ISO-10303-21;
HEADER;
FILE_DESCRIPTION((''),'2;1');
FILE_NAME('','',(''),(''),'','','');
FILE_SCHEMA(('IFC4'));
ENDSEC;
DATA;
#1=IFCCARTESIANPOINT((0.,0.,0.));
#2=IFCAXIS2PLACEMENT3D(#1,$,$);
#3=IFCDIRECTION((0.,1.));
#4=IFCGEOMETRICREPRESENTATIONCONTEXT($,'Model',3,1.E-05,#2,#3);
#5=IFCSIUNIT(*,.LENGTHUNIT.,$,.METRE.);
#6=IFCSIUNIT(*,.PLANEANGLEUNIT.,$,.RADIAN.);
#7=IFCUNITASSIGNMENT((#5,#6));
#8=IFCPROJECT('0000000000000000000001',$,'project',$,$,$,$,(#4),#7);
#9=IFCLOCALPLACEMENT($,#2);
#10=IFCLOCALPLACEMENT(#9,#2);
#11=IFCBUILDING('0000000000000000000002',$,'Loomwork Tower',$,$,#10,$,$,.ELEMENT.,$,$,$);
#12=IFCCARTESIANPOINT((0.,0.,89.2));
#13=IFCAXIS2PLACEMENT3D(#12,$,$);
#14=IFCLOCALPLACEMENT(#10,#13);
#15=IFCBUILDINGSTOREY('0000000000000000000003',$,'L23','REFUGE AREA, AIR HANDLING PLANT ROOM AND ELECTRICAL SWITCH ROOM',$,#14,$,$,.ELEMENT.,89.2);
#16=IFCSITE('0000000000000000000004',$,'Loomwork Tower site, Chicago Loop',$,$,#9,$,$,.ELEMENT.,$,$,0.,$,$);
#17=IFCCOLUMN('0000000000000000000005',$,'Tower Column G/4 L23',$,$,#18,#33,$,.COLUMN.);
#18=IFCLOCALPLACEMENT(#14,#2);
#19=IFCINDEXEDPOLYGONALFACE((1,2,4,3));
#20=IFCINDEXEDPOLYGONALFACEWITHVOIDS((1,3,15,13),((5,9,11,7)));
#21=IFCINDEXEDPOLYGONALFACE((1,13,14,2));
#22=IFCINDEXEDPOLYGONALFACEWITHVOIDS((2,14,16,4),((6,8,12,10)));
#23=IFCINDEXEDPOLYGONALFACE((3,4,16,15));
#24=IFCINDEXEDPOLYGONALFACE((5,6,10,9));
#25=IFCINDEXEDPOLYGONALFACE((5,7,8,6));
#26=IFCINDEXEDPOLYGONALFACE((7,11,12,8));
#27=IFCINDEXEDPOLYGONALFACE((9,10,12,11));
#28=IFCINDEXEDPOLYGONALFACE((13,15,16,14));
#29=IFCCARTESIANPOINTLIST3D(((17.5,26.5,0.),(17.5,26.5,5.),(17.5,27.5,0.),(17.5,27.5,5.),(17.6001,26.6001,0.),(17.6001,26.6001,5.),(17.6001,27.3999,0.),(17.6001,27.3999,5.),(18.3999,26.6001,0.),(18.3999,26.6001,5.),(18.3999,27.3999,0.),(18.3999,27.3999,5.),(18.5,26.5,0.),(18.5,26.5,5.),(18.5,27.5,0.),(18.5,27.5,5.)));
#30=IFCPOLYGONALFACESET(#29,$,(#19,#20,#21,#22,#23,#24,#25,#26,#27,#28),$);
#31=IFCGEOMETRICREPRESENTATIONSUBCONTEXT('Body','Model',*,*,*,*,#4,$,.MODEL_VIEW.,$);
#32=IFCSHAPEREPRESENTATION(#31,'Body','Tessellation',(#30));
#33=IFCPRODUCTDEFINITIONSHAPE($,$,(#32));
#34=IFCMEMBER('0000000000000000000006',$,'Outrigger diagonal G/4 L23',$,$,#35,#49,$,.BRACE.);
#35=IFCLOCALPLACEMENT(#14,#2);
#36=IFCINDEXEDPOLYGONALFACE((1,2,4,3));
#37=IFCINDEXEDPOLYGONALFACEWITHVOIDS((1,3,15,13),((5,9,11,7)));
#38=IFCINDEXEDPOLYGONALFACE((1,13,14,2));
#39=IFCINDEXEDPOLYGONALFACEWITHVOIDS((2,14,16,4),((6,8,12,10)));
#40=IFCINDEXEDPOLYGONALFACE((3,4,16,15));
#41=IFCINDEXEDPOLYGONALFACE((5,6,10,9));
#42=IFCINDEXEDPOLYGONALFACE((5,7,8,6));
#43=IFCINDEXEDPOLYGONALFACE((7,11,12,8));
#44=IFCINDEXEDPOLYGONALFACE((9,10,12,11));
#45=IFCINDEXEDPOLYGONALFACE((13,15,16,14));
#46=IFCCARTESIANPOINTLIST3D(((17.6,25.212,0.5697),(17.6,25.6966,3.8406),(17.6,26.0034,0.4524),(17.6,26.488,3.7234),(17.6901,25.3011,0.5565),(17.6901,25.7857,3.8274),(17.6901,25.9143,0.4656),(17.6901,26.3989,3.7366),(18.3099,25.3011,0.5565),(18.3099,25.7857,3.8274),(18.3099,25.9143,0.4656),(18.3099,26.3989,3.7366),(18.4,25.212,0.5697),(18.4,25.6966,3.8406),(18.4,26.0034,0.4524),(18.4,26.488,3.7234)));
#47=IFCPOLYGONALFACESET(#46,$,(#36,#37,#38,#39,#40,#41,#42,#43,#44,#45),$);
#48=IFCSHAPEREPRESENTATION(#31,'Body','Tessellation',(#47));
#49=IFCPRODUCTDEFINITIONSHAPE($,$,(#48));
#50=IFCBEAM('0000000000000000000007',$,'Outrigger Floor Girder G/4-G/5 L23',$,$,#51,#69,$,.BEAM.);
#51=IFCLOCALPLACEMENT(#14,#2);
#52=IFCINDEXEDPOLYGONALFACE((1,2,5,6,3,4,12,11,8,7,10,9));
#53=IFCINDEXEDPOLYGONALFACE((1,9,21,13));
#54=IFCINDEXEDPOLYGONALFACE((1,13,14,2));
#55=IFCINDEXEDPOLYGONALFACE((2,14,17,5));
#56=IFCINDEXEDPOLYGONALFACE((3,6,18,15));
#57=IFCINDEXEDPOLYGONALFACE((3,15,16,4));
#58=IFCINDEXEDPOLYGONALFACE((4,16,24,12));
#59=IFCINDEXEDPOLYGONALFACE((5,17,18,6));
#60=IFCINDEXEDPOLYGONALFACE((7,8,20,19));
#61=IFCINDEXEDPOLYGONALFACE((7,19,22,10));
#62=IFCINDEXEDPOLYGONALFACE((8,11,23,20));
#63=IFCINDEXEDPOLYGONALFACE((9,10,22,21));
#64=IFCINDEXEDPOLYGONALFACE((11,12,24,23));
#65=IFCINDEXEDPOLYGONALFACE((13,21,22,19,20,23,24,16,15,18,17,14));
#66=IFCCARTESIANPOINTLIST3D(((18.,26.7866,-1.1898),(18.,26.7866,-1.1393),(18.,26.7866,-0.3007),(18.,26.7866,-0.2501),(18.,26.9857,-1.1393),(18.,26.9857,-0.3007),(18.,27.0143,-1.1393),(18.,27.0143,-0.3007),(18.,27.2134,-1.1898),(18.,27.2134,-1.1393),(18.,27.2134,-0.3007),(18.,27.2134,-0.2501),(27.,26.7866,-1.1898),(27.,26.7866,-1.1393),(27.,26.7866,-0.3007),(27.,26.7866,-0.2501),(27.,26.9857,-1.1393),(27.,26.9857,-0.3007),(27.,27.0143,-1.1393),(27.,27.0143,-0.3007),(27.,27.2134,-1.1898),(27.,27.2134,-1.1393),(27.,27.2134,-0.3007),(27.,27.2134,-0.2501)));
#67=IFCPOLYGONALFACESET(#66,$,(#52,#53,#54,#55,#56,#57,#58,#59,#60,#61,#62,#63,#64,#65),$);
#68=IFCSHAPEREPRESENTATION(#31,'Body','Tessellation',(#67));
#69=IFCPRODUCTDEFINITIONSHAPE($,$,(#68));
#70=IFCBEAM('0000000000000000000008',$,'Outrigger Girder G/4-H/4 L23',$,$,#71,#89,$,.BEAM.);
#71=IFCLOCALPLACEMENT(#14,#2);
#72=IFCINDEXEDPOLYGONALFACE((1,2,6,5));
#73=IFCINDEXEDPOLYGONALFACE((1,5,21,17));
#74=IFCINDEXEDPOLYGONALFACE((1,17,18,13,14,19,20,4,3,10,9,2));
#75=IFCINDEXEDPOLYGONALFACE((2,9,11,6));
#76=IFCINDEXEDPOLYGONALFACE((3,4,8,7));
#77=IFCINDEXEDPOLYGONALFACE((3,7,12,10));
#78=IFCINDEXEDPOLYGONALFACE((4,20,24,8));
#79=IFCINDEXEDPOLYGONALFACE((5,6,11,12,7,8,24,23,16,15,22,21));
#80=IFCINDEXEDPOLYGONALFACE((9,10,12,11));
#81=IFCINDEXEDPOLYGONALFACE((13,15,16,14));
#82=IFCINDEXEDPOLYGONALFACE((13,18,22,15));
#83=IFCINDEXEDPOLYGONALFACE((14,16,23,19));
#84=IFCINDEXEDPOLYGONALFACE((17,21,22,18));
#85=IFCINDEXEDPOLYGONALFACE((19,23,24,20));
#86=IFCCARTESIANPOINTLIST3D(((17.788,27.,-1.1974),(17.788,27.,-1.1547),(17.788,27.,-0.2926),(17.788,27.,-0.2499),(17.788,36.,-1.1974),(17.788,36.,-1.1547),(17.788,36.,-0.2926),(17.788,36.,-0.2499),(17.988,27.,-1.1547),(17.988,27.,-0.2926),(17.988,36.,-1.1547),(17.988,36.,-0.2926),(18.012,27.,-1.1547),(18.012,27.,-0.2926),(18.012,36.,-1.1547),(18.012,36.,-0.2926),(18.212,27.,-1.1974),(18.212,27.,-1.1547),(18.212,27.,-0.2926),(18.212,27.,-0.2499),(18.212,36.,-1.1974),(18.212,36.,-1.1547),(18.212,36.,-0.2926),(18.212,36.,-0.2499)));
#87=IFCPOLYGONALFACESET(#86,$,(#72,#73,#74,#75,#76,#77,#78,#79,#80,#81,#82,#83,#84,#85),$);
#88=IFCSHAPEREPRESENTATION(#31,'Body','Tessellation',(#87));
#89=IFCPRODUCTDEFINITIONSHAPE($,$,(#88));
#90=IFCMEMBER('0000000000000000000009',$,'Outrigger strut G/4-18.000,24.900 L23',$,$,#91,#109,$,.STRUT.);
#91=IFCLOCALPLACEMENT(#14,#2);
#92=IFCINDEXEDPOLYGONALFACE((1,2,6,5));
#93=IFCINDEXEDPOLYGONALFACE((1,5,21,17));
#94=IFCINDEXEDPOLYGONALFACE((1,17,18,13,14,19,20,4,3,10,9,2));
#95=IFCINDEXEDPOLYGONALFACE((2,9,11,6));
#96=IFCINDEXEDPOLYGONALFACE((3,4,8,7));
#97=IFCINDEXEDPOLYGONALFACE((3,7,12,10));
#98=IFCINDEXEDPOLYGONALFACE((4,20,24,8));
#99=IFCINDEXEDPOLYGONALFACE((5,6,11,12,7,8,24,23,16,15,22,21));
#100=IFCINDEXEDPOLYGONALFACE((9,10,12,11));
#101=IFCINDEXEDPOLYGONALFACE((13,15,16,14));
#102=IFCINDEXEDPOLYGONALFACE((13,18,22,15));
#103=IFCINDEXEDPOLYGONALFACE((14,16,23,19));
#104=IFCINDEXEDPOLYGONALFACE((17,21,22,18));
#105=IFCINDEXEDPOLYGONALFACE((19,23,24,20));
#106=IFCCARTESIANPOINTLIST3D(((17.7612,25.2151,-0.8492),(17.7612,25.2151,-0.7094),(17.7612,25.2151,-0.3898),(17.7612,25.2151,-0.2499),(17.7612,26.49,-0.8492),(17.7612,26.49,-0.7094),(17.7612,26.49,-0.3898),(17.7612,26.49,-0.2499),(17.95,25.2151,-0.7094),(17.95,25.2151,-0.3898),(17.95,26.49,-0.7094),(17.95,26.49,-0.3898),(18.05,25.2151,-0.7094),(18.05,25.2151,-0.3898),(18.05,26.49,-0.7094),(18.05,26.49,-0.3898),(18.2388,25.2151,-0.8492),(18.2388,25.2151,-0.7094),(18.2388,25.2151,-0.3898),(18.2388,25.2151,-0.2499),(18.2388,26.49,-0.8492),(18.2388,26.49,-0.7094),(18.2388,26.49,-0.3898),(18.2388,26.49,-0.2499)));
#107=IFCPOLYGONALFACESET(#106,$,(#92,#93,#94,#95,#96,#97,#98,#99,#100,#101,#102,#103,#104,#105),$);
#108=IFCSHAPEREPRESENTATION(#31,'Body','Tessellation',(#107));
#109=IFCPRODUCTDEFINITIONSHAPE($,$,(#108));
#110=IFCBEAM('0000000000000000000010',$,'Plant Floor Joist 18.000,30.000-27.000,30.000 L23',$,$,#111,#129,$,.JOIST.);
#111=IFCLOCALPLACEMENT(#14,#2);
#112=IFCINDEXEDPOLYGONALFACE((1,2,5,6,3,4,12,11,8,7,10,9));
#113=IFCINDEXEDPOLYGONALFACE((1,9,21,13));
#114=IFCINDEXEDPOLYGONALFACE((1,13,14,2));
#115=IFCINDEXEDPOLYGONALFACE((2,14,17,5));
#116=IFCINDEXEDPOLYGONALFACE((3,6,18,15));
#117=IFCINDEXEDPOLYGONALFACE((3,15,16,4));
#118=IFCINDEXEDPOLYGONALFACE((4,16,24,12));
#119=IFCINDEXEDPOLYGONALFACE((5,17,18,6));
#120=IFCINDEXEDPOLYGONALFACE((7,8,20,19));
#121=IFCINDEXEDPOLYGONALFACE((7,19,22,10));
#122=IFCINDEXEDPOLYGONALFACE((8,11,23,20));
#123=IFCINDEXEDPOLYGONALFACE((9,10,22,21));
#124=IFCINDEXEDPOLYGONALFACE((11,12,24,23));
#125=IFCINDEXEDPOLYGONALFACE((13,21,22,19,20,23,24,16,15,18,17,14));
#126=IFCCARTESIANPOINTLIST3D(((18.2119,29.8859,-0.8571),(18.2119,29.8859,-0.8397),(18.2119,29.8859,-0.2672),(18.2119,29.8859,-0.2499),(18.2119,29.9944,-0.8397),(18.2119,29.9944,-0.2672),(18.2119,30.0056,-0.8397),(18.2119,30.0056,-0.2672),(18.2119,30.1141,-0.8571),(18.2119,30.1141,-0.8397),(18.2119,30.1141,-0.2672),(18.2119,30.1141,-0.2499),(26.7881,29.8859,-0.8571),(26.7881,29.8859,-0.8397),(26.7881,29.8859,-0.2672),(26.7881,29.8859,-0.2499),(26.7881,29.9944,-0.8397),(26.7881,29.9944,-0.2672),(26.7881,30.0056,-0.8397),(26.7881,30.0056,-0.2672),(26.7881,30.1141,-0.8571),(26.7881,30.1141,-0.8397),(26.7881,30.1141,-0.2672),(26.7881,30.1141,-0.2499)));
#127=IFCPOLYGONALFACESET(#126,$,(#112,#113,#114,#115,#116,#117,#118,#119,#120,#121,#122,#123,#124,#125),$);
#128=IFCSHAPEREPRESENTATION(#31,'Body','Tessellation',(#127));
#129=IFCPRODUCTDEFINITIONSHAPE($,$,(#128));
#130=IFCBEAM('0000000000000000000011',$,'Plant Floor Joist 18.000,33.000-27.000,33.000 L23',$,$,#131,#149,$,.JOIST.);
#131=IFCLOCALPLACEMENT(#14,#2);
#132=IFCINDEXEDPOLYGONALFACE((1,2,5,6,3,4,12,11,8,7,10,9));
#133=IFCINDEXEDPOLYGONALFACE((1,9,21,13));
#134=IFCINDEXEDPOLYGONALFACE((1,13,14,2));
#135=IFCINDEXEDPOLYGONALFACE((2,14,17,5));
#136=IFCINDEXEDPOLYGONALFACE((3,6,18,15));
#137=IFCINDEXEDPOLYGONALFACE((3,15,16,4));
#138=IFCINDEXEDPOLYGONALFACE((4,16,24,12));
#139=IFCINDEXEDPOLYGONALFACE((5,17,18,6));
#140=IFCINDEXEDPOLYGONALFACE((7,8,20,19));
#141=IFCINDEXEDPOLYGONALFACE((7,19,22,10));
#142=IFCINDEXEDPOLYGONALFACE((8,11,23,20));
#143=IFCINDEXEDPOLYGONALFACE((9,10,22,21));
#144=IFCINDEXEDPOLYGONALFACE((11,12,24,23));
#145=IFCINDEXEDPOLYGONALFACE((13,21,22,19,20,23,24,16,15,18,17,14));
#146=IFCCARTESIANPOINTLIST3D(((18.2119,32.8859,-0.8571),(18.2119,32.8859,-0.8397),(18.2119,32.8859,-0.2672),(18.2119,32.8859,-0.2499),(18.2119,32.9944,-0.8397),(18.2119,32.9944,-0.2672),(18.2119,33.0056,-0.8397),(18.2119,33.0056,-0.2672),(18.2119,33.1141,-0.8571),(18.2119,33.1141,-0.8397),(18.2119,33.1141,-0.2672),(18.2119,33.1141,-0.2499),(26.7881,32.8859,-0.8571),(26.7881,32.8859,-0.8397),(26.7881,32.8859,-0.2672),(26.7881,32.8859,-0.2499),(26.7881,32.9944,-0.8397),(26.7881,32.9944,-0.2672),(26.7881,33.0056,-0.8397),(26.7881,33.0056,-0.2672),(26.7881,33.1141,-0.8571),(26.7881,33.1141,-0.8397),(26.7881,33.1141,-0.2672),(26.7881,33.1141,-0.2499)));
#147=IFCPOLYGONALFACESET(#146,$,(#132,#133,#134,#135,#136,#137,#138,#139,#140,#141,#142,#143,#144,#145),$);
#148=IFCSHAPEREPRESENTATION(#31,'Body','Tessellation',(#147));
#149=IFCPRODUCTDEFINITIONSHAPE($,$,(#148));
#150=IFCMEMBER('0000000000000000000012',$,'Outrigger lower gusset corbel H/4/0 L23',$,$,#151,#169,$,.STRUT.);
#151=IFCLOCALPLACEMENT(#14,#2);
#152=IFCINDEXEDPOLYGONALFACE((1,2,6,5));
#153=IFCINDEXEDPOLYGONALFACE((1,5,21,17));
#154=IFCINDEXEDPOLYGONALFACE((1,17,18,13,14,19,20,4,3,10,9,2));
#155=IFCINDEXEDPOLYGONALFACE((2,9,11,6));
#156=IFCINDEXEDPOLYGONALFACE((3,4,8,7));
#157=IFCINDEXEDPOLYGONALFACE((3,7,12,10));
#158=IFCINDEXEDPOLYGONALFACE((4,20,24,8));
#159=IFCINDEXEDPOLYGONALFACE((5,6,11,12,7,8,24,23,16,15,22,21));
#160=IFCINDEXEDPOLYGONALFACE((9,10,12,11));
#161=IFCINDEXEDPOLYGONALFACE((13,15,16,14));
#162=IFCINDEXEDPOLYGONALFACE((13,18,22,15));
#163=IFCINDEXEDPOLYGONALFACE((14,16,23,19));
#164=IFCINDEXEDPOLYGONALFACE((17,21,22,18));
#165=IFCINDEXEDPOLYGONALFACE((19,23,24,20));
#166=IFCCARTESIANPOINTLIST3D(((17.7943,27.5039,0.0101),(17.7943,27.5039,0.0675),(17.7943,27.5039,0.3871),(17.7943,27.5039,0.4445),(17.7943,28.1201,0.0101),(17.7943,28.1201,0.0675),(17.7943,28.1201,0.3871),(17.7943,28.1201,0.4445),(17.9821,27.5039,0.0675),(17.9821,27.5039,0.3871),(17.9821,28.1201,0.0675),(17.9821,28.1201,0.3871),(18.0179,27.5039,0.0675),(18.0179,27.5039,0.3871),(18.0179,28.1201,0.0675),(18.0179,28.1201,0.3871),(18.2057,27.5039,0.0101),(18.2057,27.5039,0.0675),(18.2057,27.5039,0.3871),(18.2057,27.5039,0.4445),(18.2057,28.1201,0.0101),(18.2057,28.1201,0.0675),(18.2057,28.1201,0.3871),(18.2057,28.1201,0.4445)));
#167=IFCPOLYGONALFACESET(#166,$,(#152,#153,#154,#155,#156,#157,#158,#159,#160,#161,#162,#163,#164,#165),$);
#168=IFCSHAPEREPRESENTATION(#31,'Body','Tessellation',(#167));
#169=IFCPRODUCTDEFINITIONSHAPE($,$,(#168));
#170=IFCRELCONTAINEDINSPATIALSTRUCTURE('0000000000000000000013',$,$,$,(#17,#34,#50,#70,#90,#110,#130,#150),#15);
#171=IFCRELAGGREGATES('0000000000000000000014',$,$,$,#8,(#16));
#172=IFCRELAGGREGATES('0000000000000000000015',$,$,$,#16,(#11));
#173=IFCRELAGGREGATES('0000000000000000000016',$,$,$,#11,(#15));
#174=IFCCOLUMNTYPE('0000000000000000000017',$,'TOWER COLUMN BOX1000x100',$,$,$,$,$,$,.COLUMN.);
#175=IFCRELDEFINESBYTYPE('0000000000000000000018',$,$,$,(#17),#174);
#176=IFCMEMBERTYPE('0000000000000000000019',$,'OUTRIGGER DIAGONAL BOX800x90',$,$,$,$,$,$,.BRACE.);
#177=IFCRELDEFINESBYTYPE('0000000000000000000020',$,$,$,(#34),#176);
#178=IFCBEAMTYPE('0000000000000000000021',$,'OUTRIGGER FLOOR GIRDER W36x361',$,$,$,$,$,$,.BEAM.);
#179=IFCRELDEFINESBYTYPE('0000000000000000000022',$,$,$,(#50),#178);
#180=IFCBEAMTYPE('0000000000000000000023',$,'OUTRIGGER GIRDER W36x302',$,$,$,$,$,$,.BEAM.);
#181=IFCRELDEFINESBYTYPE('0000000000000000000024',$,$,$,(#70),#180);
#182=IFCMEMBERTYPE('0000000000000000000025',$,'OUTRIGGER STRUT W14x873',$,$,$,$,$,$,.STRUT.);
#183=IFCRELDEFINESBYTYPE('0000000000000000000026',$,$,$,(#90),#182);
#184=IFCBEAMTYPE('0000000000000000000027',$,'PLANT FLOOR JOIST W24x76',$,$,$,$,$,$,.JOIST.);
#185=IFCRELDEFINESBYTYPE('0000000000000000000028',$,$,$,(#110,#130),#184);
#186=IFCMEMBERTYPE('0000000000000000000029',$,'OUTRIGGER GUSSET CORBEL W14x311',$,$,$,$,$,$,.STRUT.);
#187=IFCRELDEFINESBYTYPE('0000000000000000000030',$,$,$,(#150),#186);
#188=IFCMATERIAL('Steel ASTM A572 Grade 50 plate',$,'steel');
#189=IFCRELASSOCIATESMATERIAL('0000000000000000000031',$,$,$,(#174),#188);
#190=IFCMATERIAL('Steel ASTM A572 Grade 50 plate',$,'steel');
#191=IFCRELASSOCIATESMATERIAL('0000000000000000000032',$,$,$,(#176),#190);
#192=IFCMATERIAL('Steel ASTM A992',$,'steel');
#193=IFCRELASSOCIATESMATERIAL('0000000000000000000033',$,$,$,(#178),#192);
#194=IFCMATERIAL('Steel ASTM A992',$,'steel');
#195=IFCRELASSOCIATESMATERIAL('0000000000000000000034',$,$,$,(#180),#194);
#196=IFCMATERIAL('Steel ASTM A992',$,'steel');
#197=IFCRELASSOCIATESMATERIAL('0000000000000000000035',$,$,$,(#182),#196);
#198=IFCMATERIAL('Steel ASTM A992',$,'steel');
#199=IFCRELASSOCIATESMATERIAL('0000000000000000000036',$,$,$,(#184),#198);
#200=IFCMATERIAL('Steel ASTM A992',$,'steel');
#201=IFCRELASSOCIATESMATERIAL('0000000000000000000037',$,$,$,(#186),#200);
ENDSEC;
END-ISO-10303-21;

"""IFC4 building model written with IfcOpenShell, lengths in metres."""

from ifc_helpers import new_model, si_unit, direction, frame, origin, origin_2d, place, context, subcontext, project, spatial, hollow_rectangle, i_section, extrude, material, material_profile, profile_set, type_object, element, save


model = new_model("IFC4")

# Units and contexts
model_context = context("Model", 3, precision=1e-05, world=origin(), true_north=direction((0.0, 1.0)))
body_context = subcontext(model_context, "Body", "Model", "MODEL_VIEW")
ifc_project = project(units=[si_unit("LENGTHUNIT", "METRE"), si_unit("PLANEANGLEUNIT", "RADIAN")], contexts=[model_context])

# Site, building, storey
site_placement = place(None, origin())
site = spatial("IfcSite", under=ifc_project, at=site_placement, Name="Loomwork Tower site, Chicago Loop", CompositionType="ELEMENT", RefElevation=0.0)
building_placement = place(site_placement, origin())
building = spatial("IfcBuilding", under=site, at=building_placement, Name="Loomwork Tower", CompositionType="ELEMENT")
storey_placement = place(building_placement, frame((0.0, 0.0, 89.2)))
storey = spatial("IfcBuildingStorey", under=building, at=storey_placement, Name="L23", Description="REFUGE AREA, AIR HANDLING PLANT ROOM AND ELECTRICAL SWITCH ROOM", CompositionType="ELEMENT", Elevation=89.2)

# Column
ifc_material_1 = material(Name="Steel ASTM A572 Grade 50 plate", Category="steel")
ifc_material_profile_1 = material_profile(ifc_material_1, hollow_rectangle(XDim=1.0, YDim=1.0, WallThickness=0.1001, at=origin_2d()), Name="BOX1000x100")
ifc_profile_set_1 = profile_set([ifc_material_profile_1], Name="Steel ASTM A572 Grade 50 plate")
column_type = type_object("IfcColumnType", Name="TOWER COLUMN BOX1000x100", PredefinedType="COLUMN", material=ifc_profile_set_1)
column_placement = place(storey_placement, frame((18.0, 27.0, 0.0), z_axis=(0.0, 0.0, 1.0), x_axis=(1.0, 0.0, 0.0)))
element("IfcColumn", 1, at=column_placement, inside=storey, type_object=column_type, Name="Tower Column G/4 L23", PredefinedType="COLUMN", context=body_context, shape_type="SweptSolid", body=[
    extrude(hollow_rectangle(XDim=1.0, YDim=1.0, WallThickness=0.1001, at=origin_2d()), origin(), (0.0, 0.0, 1.0), 5.0),
])

# Member
ifc_material_2 = material(Name="Steel ASTM A572 Grade 50 plate", Category="steel")
ifc_material_profile_2 = material_profile(ifc_material_2, hollow_rectangle(XDim=0.8, YDim=0.8, WallThickness=0.0901, at=origin_2d()), Name="BOX800x90")
ifc_profile_set_2 = profile_set([ifc_material_profile_2], Name="Steel ASTM A572 Grade 50 plate")
member_type_1 = type_object("IfcMemberType", Name="OUTRIGGER DIAGONAL BOX800x90", PredefinedType="BRACE", material=ifc_profile_set_2)
member_1_placement = place(storey_placement, frame((18.0, 26.0923, 3.782), z_axis=(0.0, -0.146557, -0.989202), x_axis=(1.0, 0.0, 0.0)))
element("IfcMember", 2, at=member_1_placement, inside=storey, type_object=member_type_1, Name="Outrigger diagonal G/4 L23", PredefinedType="BRACE", context=body_context, shape_type="SweptSolid", body=[
    extrude(hollow_rectangle(XDim=0.8, YDim=0.8, WallThickness=0.0901, at=origin_2d()), origin(), (0.0, 0.0, 1.0), 3.3066),
])

# Beams
ifc_material_3 = material(Name="Steel ASTM A992", Category="steel")
ifc_material_profile_3 = material_profile(ifc_material_3, i_section(OverallWidth=0.4268, OverallDepth=0.9397, WebThickness=0.0286, FlangeThickness=0.0505, at=origin_2d()), Name="W36x361")
ifc_profile_set_3 = profile_set([ifc_material_profile_3], Name="Steel ASTM A992")
beam_type_1 = type_object("IfcBeamType", Name="OUTRIGGER FLOOR GIRDER W36x361", PredefinedType="BEAM", material=ifc_profile_set_3)
beam_1_placement = place(storey_placement, frame((18.0, 27.0, -0.72), z_axis=(1.0, 0.0, 0.0), x_axis=(0.0, 1.0, 0.0)))
element("IfcBeam", 3, at=beam_1_placement, inside=storey, type_object=beam_type_1, Name="Outrigger Floor Girder G/4-G/5 L23", PredefinedType="BEAM", context=body_context, shape_type="SweptSolid", body=[
    extrude(i_section(OverallWidth=0.4268, OverallDepth=0.9397, WebThickness=0.0286, FlangeThickness=0.0505, at=origin_2d()), origin(), (0.0, 0.0, 1.0), 9.0),
])
ifc_material_4 = material(Name="Steel ASTM A992", Category="steel")
ifc_material_profile_4 = material_profile(ifc_material_4, i_section(OverallWidth=0.4241, OverallDepth=0.9475, WebThickness=0.0239, FlangeThickness=0.0427, at=origin_2d()), Name="W36x302")
ifc_profile_set_4 = profile_set([ifc_material_profile_4], Name="Steel ASTM A992")
beam_type_2 = type_object("IfcBeamType", Name="OUTRIGGER GIRDER W36x302", PredefinedType="BEAM", material=ifc_profile_set_4)
beam_2_placement = place(storey_placement, frame((18.0, 27.0, -0.7236), z_axis=(0.0, 1.0, 0.0), x_axis=(-1.0, 0.0, 0.0)))
element("IfcBeam", 4, at=beam_2_placement, inside=storey, type_object=beam_type_2, Name="Outrigger Girder G/4-H/4 L23", PredefinedType="BEAM", context=body_context, shape_type="SweptSolid", body=[
    extrude(i_section(OverallWidth=0.4241, OverallDepth=0.9475, WebThickness=0.0239, FlangeThickness=0.0427, at=origin_2d()), origin(), (0.0, 0.0, 1.0), 9.0),
])

# Member
ifc_material_5 = material(Name="Steel ASTM A992", Category="steel")
ifc_material_profile_5 = material_profile(ifc_material_5, i_section(OverallWidth=0.4775, OverallDepth=0.5994, WebThickness=0.1001, FlangeThickness=0.1399, at=origin_2d()), Name="W14x873")
ifc_profile_set_5 = profile_set([ifc_material_profile_5], Name="Steel ASTM A992")
member_type_2 = type_object("IfcMemberType", Name="OUTRIGGER STRUT W14x873", PredefinedType="STRUT", material=ifc_profile_set_5)
member_2_placement = place(storey_placement, frame((18.0, 26.49, -0.5496), z_axis=(0.0, -1.0, 0.0), x_axis=(1.0, 0.0, 0.0)))
element("IfcMember", 5, at=member_2_placement, inside=storey, type_object=member_type_2, Name="Outrigger strut G/4-18.000,24.900 L23", PredefinedType="STRUT", context=body_context, shape_type="SweptSolid", body=[
    extrude(i_section(OverallWidth=0.4775, OverallDepth=0.5994, WebThickness=0.1001, FlangeThickness=0.1399, at=origin_2d()), origin(), (0.0, 0.0, 1.0), 1.2749),
])

# Beams
ifc_material_6 = material(Name="Steel ASTM A992", Category="steel")
ifc_material_profile_6 = material_profile(ifc_material_6, i_section(OverallWidth=0.2283, OverallDepth=0.6072, WebThickness=0.0112, FlangeThickness=0.0173, at=origin_2d()), Name="W24x76")
ifc_profile_set_6 = profile_set([ifc_material_profile_6], Name="Steel ASTM A992")
beam_type_3 = type_object("IfcBeamType", Name="PLANT FLOOR JOIST W24x76", PredefinedType="JOIST", material=ifc_profile_set_6)
for number, where, z_axis, x_axis, name in (
    (6, (18.2119, 30.0, -0.5535), (1.0, 0.0, 0.0), (0.0, 1.0, 0.0), "Plant Floor Joist 18.000,30.000-27.000,30.000 L23"),
    (7, (18.2119, 33.0, -0.5535), (1.0, 0.0, 0.0), (0.0, 1.0, 0.0), "Plant Floor Joist 18.000,33.000-27.000,33.000 L23"),
):
    element("IfcBeam", number, at=place(storey_placement, frame(where, z_axis=z_axis, x_axis=x_axis)), inside=storey, type_object=beam_type_3, Name=name, PredefinedType="JOIST", context=body_context, shape_type="SweptSolid", body=[
        extrude(i_section(OverallWidth=0.2283, OverallDepth=0.6072, WebThickness=0.0112, FlangeThickness=0.0173, at=origin_2d()), origin(), (0.0, 0.0, 1.0), 8.5762),
    ])

# Member
ifc_material_7 = material(Name="Steel ASTM A992", Category="steel")
ifc_material_profile_7 = material_profile(ifc_material_7, i_section(OverallWidth=0.4114, OverallDepth=0.4343, WebThickness=0.0359, FlangeThickness=0.0574, at=origin_2d()), Name="W14x311")
ifc_profile_set_7 = profile_set([ifc_material_profile_7], Name="Steel ASTM A992")
member_type_3 = type_object("IfcMemberType", Name="OUTRIGGER GUSSET CORBEL W14x311", PredefinedType="STRUT", material=ifc_profile_set_7)
for number, where, z_axis, x_axis, name in (
    (8, (18.0, 27.5039, 0.2273), (0.0, 1.0, 0.0), (-1.0, 0.0, 0.0), "Outrigger lower gusset corbel H/4/0 L23"),
):
    element("IfcMember", number, at=place(storey_placement, frame(where, z_axis=z_axis, x_axis=x_axis)), inside=storey, type_object=member_type_3, Name=name, PredefinedType="STRUT", context=body_context, shape_type="SweptSolid", body=[
        extrude(i_section(OverallWidth=0.4114, OverallDepth=0.4343, WebThickness=0.0359, FlangeThickness=0.0574, at=origin_2d()), origin(), (0.0, 0.0, 1.0), 0.6162),
    ])

save(model, "model.ifc")
